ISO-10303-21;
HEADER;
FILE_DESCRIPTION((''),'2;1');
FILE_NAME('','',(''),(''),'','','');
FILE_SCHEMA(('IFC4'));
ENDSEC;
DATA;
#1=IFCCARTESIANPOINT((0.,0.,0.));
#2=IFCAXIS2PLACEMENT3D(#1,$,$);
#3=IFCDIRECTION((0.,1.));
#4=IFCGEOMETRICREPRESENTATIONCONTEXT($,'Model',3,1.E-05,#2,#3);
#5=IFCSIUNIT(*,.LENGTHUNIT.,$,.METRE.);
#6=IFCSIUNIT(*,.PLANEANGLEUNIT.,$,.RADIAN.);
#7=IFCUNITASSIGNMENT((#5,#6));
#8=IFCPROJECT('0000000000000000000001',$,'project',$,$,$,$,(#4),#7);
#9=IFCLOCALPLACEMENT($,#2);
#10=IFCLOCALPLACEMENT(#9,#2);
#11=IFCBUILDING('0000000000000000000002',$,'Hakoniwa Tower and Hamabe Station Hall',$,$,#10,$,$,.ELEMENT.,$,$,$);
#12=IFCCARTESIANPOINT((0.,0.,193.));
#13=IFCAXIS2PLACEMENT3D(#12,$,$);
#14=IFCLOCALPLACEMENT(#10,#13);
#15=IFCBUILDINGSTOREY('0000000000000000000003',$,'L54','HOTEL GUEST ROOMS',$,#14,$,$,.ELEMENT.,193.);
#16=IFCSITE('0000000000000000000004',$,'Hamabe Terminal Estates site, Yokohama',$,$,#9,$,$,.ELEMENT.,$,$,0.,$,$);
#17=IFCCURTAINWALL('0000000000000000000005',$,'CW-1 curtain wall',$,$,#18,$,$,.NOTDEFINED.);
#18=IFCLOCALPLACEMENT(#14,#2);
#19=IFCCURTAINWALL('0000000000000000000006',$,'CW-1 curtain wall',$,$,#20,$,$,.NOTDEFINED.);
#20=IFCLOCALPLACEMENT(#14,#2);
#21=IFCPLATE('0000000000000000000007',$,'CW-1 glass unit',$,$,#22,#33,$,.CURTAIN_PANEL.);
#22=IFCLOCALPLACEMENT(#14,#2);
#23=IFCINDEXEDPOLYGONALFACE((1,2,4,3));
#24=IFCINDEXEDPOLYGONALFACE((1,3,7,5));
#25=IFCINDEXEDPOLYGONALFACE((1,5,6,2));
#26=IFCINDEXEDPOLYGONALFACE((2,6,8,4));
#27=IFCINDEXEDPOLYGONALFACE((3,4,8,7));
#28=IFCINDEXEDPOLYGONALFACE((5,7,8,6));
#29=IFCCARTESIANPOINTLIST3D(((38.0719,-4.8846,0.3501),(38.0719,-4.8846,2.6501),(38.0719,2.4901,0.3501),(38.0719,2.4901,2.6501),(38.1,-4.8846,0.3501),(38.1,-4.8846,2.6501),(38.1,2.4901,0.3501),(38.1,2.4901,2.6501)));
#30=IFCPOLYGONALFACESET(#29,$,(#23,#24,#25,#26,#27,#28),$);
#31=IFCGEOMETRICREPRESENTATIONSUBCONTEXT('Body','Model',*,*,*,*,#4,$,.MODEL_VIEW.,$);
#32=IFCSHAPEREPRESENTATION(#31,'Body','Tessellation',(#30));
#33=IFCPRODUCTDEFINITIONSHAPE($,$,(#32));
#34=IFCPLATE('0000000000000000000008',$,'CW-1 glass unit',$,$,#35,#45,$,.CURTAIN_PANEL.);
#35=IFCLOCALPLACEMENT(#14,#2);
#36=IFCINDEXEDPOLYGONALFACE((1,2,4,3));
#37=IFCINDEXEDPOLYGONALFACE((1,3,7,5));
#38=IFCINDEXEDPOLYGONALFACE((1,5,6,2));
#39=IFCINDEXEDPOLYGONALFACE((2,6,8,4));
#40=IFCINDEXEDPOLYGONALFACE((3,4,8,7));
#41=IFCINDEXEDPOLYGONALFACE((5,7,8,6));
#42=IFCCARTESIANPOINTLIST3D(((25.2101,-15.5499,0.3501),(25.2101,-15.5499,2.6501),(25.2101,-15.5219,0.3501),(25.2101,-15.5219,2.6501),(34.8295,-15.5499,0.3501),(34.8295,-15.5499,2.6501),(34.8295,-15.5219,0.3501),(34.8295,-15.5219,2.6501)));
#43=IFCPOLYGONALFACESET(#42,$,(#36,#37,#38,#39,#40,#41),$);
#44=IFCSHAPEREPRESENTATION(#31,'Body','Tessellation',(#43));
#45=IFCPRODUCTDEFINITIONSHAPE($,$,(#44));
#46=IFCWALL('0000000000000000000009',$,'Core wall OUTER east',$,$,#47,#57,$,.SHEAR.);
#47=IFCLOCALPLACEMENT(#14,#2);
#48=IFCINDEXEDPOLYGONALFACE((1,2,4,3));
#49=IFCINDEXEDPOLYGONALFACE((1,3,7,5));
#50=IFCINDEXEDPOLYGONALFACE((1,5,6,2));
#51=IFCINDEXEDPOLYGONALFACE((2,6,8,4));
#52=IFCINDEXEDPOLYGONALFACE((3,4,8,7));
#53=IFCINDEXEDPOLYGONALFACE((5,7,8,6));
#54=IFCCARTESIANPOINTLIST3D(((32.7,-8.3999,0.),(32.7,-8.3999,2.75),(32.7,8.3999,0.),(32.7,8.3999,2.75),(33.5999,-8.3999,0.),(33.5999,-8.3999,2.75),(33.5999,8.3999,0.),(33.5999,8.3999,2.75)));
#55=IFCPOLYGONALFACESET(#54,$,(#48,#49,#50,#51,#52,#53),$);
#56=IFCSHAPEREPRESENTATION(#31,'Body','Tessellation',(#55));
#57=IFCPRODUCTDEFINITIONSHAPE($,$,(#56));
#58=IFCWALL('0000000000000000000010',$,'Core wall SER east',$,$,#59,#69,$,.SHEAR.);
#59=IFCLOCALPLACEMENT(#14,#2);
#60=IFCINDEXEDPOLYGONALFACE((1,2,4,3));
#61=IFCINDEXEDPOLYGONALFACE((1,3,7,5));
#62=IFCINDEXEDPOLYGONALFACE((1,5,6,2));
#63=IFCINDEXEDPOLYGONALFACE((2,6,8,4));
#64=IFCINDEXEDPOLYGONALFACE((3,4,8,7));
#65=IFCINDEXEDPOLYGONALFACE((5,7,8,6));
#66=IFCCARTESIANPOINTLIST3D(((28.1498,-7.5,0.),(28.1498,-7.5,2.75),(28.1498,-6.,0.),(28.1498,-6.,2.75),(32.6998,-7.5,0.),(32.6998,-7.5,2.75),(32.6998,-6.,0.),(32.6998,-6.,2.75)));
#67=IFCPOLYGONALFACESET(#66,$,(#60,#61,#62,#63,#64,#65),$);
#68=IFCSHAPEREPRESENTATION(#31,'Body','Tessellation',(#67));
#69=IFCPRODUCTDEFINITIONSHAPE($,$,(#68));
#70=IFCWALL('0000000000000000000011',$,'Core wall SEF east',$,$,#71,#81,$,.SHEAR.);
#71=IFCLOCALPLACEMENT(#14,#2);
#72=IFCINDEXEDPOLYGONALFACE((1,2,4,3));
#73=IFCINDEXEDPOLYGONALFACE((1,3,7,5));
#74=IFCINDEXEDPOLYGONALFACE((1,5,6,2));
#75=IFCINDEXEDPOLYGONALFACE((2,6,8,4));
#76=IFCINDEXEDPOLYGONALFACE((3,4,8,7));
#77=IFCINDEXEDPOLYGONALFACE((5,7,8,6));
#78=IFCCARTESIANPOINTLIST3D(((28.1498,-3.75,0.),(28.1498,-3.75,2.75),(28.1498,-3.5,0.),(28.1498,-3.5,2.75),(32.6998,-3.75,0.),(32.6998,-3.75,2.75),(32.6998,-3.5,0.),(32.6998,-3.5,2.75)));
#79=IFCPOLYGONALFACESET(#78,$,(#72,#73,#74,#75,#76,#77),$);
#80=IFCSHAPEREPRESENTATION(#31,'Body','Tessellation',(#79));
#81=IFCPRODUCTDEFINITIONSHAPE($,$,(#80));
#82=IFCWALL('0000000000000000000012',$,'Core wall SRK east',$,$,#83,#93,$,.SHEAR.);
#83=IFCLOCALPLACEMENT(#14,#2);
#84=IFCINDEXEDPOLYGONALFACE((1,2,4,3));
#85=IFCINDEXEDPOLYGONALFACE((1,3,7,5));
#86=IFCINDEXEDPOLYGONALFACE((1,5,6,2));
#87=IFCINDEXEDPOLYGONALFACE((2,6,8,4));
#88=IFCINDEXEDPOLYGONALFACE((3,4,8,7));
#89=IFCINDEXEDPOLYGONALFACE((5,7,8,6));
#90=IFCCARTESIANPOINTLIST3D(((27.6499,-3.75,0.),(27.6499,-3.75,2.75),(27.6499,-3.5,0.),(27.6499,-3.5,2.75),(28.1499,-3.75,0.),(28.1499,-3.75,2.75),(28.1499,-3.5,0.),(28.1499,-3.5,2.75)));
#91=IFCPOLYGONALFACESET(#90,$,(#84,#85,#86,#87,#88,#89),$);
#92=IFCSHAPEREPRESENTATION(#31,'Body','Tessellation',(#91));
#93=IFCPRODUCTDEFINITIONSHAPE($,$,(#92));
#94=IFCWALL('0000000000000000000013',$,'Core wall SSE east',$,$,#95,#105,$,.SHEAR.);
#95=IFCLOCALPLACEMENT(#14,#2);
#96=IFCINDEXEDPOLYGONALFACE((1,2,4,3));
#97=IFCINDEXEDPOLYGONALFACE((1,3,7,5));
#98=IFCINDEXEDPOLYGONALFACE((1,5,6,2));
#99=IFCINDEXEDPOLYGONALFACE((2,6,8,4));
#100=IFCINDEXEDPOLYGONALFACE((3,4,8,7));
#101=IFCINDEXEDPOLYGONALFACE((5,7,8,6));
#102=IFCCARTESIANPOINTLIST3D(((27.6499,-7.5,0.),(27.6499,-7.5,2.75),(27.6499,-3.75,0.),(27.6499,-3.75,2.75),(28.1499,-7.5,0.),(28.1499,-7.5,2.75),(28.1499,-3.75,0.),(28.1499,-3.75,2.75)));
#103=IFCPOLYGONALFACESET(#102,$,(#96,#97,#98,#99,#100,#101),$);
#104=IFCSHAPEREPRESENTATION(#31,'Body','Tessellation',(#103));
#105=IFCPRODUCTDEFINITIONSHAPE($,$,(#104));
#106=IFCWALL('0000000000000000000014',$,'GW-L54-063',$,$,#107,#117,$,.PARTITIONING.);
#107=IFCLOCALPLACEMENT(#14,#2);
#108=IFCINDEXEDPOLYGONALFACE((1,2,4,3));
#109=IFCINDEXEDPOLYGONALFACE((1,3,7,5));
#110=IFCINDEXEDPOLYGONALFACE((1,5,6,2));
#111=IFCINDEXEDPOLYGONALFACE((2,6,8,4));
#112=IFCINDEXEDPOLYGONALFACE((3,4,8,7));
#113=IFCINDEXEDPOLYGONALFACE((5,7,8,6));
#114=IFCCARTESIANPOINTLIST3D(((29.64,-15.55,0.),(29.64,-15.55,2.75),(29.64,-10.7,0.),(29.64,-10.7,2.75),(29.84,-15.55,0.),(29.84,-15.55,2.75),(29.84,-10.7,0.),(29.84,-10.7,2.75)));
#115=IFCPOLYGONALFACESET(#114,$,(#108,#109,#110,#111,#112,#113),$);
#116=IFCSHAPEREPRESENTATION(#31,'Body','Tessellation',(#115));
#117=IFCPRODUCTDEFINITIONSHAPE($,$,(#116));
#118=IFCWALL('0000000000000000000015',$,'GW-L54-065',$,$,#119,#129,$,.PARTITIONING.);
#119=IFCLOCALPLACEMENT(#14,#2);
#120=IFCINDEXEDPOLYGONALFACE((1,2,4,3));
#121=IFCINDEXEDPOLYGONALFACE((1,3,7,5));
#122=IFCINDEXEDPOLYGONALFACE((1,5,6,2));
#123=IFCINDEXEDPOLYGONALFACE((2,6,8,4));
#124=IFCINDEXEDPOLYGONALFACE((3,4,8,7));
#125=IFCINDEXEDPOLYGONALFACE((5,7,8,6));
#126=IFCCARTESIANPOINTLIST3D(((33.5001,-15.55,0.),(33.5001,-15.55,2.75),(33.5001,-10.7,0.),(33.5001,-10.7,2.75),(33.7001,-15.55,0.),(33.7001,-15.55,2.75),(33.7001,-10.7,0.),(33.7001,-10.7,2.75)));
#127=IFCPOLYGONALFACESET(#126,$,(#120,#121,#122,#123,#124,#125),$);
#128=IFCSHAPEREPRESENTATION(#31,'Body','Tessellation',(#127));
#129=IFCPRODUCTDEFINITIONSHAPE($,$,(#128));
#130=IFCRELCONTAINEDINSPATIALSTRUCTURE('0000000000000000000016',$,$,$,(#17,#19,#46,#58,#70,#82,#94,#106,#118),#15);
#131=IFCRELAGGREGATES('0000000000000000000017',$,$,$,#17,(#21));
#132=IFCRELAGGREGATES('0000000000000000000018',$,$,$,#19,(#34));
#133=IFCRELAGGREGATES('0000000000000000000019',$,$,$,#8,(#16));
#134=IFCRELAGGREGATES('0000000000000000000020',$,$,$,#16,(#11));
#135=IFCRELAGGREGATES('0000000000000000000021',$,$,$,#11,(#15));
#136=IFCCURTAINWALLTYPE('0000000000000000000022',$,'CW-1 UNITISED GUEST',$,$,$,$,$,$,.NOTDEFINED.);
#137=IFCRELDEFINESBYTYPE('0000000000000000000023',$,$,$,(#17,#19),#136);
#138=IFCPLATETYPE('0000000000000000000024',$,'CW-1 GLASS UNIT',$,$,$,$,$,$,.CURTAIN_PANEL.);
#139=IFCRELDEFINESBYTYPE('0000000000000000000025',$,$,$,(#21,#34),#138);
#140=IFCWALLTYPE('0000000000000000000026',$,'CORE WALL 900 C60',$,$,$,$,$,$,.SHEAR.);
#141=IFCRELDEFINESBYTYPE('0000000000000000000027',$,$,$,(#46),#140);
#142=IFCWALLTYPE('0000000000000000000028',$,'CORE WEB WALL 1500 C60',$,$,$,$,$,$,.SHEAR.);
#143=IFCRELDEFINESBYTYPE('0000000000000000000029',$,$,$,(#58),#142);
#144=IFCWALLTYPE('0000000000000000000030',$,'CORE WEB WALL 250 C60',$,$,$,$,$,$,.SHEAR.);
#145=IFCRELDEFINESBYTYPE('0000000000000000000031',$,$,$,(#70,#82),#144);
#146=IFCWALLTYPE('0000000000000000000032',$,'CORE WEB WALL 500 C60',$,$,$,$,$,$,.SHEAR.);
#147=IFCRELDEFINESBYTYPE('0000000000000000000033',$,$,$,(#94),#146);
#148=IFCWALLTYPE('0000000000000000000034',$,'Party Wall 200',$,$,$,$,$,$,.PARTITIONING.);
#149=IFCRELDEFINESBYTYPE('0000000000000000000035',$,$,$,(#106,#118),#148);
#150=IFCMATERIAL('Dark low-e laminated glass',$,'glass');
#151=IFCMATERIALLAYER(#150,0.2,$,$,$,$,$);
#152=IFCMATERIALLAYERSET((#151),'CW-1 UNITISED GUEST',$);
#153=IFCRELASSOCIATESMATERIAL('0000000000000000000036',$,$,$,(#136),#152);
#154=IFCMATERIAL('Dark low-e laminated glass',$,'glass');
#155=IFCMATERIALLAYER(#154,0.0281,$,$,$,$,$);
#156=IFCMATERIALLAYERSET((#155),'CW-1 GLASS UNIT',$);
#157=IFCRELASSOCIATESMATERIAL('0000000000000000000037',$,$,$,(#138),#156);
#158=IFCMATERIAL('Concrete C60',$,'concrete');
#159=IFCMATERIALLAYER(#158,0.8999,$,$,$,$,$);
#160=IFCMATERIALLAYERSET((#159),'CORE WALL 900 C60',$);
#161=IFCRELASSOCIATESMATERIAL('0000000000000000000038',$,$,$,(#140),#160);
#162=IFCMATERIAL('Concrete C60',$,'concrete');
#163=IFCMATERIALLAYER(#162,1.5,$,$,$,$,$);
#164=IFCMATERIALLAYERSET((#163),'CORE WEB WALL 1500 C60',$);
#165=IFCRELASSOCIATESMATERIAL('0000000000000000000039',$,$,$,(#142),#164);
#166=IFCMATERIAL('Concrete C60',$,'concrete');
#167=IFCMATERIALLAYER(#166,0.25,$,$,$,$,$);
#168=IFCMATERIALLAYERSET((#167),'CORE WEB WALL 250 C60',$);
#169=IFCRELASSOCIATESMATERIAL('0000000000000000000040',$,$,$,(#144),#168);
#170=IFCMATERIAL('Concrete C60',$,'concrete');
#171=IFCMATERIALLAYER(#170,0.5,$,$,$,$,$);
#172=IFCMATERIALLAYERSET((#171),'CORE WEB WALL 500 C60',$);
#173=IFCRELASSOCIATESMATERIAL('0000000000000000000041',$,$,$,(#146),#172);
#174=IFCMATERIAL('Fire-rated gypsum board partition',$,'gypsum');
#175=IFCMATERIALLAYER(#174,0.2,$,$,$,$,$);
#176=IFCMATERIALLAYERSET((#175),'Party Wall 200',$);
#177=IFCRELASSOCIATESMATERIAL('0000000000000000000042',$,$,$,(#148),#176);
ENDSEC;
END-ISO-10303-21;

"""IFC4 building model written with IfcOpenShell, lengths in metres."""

from ifc_helpers import new_model, si_unit, direction, frame, frame_2d, origin, origin_2d, place, context, subcontext, project, spatial, rectangle, extrude, material, layer, layer_set, type_object, element, aggregate, save


model = new_model("IFC4")

# Units and contexts
model_context = context("Model", 3, precision=1e-05, world=origin(), true_north=direction((0.0, 1.0)))
body_context = subcontext(model_context, "Body", "Model", "MODEL_VIEW")
ifc_project = project(units=[si_unit("LENGTHUNIT", "METRE"), si_unit("PLANEANGLEUNIT", "RADIAN")], contexts=[model_context])

# Site, building, storey
site_placement = place(None, origin())
site = spatial("IfcSite", under=ifc_project, at=site_placement, Name="Hamabe Terminal Estates site, Yokohama", CompositionType="ELEMENT", RefElevation=0.0)
building_placement = place(site_placement, origin())
building = spatial("IfcBuilding", under=site, at=building_placement, Name="Hakoniwa Tower and Hamabe Station Hall", CompositionType="ELEMENT")
storey_placement = place(building_placement, frame((0.0, 0.0, 193.0)))
storey = spatial("IfcBuildingStorey", under=building, at=storey_placement, Name="L54", Description="HOTEL GUEST ROOMS", CompositionType="ELEMENT", Elevation=193.0)

# Curtain wall
ifc_material_1 = material(Name="Dark low-e laminated glass", Category="glass")
ifc_layer_1 = layer(ifc_material_1, 0.2)
ifc_layer_set_1 = layer_set([ifc_layer_1], Name="CW-1 UNITISED GUEST")
curtain_wall_type = type_object("IfcCurtainWallType", Name="CW-1 UNITISED GUEST", PredefinedType="NOTDEFINED", material=ifc_layer_set_1)
curtain_wall_1_placement = place(storey_placement, origin())
curtain_wall_1 = element("IfcCurtainWall", 1, at=curtain_wall_1_placement, inside=storey, type_object=curtain_wall_type, Name="CW-1 curtain wall", PredefinedType="NOTDEFINED")

# Curtain wall
curtain_wall_2_placement = place(storey_placement, origin())
curtain_wall_2 = element("IfcCurtainWall", 2, at=curtain_wall_2_placement, inside=storey, type_object=curtain_wall_type, Name="CW-1 curtain wall", PredefinedType="NOTDEFINED")

# Plates
ifc_material_2 = material(Name="Dark low-e laminated glass", Category="glass")
ifc_layer_2 = layer(ifc_material_2, 0.0281)
ifc_layer_set_2 = layer_set([ifc_layer_2], Name="CW-1 GLASS UNIT")
plate_type = type_object("IfcPlateType", Name="CW-1 GLASS UNIT", PredefinedType="CURTAIN_PANEL", material=ifc_layer_set_2)
plate_1_placement = place(storey_placement, frame((38.0859, -1.1973, 0.3501), z_axis=(0.0, 0.0, 1.0), x_axis=(0.0, 1.0, 0.0)))
plate_1 = element("IfcPlate", 3, at=plate_1_placement, type_object=plate_type, Name="CW-1 glass unit", PredefinedType="CURTAIN_PANEL", context=body_context, shape_type="SweptSolid", body=[
    extrude(rectangle(XDim=7.3748, YDim=0.0281, at=origin_2d()), origin(), (0.0, 0.0, 1.0), 2.3),
])
aggregate(curtain_wall_1, [plate_1])
plate_2_placement = place(storey_placement, frame((30.0198, -15.5359, 0.3501), z_axis=(0.0, 0.0, 1.0), x_axis=(1.0, 0.0, 0.0)))
plate_2 = element("IfcPlate", 4, at=plate_2_placement, type_object=plate_type, Name="CW-1 glass unit", PredefinedType="CURTAIN_PANEL", context=body_context, shape_type="SweptSolid", body=[
    extrude(rectangle(XDim=9.6194, YDim=0.0281, at=origin_2d()), origin(), (0.0, 0.0, 1.0), 2.3),
])
aggregate(curtain_wall_2, [plate_2])

# Walls
ifc_material_3 = material(Name="Concrete C60", Category="concrete")
ifc_layer_3 = layer(ifc_material_3, 0.8999)
ifc_layer_set_3 = layer_set([ifc_layer_3], Name="CORE WALL 900 C60")
wall_type_1 = type_object("IfcWallType", Name="CORE WALL 900 C60", PredefinedType="SHEAR", material=ifc_layer_set_3)
wall_1_placement = place(storey_placement, frame((33.1499, -8.3999, 0.0), z_axis=(0.0, 0.0, 1.0), x_axis=(0.0, 1.0, 0.0)))
element("IfcWall", 5, at=wall_1_placement, inside=storey, type_object=wall_type_1, Name="Core wall OUTER east", PredefinedType="SHEAR", context=body_context, shape_type="SweptSolid", body=[
    extrude(rectangle(XDim=16.7998, YDim=0.8999, at=frame_2d((8.3999, 0.0))), origin(), (0.0, 0.0, 1.0), 2.75),
])
ifc_material_4 = material(Name="Concrete C60", Category="concrete")
ifc_layer_4 = layer(ifc_material_4, 1.5)
ifc_layer_set_4 = layer_set([ifc_layer_4], Name="CORE WEB WALL 1500 C60")
wall_type_2 = type_object("IfcWallType", Name="CORE WEB WALL 1500 C60", PredefinedType="SHEAR", material=ifc_layer_set_4)
wall_2_placement = place(storey_placement, frame((28.1499, -6.75, 0.0), z_axis=(0.0, 0.0, 1.0), x_axis=(1.0, 0.0, 0.0)))
element("IfcWall", 6, at=wall_2_placement, inside=storey, type_object=wall_type_2, Name="Core wall SER east", PredefinedType="SHEAR", context=body_context, shape_type="SweptSolid", body=[
    extrude(rectangle(XDim=4.55, YDim=1.5, at=frame_2d((2.2749, 0.0))), origin(), (0.0, 0.0, 1.0), 2.75),
])
ifc_material_5 = material(Name="Concrete C60", Category="concrete")
ifc_layer_5 = layer(ifc_material_5, 0.25)
ifc_layer_set_5 = layer_set([ifc_layer_5], Name="CORE WEB WALL 250 C60")
wall_type_3 = type_object("IfcWallType", Name="CORE WEB WALL 250 C60", PredefinedType="SHEAR", material=ifc_layer_set_5)
wall_3_placement = place(storey_placement, frame((28.1499, -3.625, 0.0), z_axis=(0.0, 0.0, 1.0), x_axis=(1.0, 0.0, 0.0)))
element("IfcWall", 7, at=wall_3_placement, inside=storey, type_object=wall_type_3, Name="Core wall SEF east", PredefinedType="SHEAR", context=body_context, shape_type="SweptSolid", body=[
    extrude(rectangle(XDim=4.55, YDim=0.25, at=frame_2d((2.2749, 0.0))), origin(), (0.0, 0.0, 1.0), 2.75),
])
wall_4_placement = place(storey_placement, frame((27.6499, -3.625, 0.0), z_axis=(0.0, 0.0, 1.0), x_axis=(1.0, 0.0, 0.0)))
element("IfcWall", 8, at=wall_4_placement, inside=storey, type_object=wall_type_3, Name="Core wall SRK east", PredefinedType="SHEAR", context=body_context, shape_type="SweptSolid", body=[
    extrude(rectangle(XDim=0.5, YDim=0.25, at=frame_2d((0.25, 0.0))), origin(), (0.0, 0.0, 1.0), 2.75),
])
ifc_material_6 = material(Name="Concrete C60", Category="concrete")
ifc_layer_6 = layer(ifc_material_6, 0.5)
ifc_layer_set_6 = layer_set([ifc_layer_6], Name="CORE WEB WALL 500 C60")
wall_type_4 = type_object("IfcWallType", Name="CORE WEB WALL 500 C60", PredefinedType="SHEAR", material=ifc_layer_set_6)
wall_5_placement = place(storey_placement, frame((27.8999, -7.5, 0.0), z_axis=(0.0, 0.0, 1.0), x_axis=(0.0, 1.0, 0.0)))
element("IfcWall", 9, at=wall_5_placement, inside=storey, type_object=wall_type_4, Name="Core wall SSE east", PredefinedType="SHEAR", context=body_context, shape_type="SweptSolid", body=[
    extrude(rectangle(XDim=3.75, YDim=0.5, at=frame_2d((1.875, 0.0))), origin(), (0.0, 0.0, 1.0), 2.75),
])
ifc_material_7 = material(Name="Fire-rated gypsum board partition", Category="gypsum")
ifc_layer_7 = layer(ifc_material_7, 0.2)
ifc_layer_set_7 = layer_set([ifc_layer_7], Name="Party Wall 200")
wall_type_5 = type_object("IfcWallType", Name="Party Wall 200", PredefinedType="PARTITIONING", material=ifc_layer_set_7)
for number, where, z_axis, x_axis, name in (
    (10, (29.74, -15.55, 0.0), (0.0, 0.0, 1.0), (0.0, 1.0, 0.0), "GW-L54-063"),
    (11, (33.6001, -15.55, 0.0), (0.0, 0.0, 1.0), (0.0, 1.0, 0.0), "GW-L54-065"),
):
    element("IfcWall", number, at=place(storey_placement, frame(where, z_axis=z_axis, x_axis=x_axis)), inside=storey, type_object=wall_type_5, Name=name, PredefinedType="PARTITIONING", context=body_context, shape_type="SweptSolid", body=[
        extrude(rectangle(XDim=4.8501, YDim=0.2, at=frame_2d((2.425, 0.0))), origin(), (0.0, 0.0, 1.0), 2.75),
    ])

save(model, "model.ifc")
